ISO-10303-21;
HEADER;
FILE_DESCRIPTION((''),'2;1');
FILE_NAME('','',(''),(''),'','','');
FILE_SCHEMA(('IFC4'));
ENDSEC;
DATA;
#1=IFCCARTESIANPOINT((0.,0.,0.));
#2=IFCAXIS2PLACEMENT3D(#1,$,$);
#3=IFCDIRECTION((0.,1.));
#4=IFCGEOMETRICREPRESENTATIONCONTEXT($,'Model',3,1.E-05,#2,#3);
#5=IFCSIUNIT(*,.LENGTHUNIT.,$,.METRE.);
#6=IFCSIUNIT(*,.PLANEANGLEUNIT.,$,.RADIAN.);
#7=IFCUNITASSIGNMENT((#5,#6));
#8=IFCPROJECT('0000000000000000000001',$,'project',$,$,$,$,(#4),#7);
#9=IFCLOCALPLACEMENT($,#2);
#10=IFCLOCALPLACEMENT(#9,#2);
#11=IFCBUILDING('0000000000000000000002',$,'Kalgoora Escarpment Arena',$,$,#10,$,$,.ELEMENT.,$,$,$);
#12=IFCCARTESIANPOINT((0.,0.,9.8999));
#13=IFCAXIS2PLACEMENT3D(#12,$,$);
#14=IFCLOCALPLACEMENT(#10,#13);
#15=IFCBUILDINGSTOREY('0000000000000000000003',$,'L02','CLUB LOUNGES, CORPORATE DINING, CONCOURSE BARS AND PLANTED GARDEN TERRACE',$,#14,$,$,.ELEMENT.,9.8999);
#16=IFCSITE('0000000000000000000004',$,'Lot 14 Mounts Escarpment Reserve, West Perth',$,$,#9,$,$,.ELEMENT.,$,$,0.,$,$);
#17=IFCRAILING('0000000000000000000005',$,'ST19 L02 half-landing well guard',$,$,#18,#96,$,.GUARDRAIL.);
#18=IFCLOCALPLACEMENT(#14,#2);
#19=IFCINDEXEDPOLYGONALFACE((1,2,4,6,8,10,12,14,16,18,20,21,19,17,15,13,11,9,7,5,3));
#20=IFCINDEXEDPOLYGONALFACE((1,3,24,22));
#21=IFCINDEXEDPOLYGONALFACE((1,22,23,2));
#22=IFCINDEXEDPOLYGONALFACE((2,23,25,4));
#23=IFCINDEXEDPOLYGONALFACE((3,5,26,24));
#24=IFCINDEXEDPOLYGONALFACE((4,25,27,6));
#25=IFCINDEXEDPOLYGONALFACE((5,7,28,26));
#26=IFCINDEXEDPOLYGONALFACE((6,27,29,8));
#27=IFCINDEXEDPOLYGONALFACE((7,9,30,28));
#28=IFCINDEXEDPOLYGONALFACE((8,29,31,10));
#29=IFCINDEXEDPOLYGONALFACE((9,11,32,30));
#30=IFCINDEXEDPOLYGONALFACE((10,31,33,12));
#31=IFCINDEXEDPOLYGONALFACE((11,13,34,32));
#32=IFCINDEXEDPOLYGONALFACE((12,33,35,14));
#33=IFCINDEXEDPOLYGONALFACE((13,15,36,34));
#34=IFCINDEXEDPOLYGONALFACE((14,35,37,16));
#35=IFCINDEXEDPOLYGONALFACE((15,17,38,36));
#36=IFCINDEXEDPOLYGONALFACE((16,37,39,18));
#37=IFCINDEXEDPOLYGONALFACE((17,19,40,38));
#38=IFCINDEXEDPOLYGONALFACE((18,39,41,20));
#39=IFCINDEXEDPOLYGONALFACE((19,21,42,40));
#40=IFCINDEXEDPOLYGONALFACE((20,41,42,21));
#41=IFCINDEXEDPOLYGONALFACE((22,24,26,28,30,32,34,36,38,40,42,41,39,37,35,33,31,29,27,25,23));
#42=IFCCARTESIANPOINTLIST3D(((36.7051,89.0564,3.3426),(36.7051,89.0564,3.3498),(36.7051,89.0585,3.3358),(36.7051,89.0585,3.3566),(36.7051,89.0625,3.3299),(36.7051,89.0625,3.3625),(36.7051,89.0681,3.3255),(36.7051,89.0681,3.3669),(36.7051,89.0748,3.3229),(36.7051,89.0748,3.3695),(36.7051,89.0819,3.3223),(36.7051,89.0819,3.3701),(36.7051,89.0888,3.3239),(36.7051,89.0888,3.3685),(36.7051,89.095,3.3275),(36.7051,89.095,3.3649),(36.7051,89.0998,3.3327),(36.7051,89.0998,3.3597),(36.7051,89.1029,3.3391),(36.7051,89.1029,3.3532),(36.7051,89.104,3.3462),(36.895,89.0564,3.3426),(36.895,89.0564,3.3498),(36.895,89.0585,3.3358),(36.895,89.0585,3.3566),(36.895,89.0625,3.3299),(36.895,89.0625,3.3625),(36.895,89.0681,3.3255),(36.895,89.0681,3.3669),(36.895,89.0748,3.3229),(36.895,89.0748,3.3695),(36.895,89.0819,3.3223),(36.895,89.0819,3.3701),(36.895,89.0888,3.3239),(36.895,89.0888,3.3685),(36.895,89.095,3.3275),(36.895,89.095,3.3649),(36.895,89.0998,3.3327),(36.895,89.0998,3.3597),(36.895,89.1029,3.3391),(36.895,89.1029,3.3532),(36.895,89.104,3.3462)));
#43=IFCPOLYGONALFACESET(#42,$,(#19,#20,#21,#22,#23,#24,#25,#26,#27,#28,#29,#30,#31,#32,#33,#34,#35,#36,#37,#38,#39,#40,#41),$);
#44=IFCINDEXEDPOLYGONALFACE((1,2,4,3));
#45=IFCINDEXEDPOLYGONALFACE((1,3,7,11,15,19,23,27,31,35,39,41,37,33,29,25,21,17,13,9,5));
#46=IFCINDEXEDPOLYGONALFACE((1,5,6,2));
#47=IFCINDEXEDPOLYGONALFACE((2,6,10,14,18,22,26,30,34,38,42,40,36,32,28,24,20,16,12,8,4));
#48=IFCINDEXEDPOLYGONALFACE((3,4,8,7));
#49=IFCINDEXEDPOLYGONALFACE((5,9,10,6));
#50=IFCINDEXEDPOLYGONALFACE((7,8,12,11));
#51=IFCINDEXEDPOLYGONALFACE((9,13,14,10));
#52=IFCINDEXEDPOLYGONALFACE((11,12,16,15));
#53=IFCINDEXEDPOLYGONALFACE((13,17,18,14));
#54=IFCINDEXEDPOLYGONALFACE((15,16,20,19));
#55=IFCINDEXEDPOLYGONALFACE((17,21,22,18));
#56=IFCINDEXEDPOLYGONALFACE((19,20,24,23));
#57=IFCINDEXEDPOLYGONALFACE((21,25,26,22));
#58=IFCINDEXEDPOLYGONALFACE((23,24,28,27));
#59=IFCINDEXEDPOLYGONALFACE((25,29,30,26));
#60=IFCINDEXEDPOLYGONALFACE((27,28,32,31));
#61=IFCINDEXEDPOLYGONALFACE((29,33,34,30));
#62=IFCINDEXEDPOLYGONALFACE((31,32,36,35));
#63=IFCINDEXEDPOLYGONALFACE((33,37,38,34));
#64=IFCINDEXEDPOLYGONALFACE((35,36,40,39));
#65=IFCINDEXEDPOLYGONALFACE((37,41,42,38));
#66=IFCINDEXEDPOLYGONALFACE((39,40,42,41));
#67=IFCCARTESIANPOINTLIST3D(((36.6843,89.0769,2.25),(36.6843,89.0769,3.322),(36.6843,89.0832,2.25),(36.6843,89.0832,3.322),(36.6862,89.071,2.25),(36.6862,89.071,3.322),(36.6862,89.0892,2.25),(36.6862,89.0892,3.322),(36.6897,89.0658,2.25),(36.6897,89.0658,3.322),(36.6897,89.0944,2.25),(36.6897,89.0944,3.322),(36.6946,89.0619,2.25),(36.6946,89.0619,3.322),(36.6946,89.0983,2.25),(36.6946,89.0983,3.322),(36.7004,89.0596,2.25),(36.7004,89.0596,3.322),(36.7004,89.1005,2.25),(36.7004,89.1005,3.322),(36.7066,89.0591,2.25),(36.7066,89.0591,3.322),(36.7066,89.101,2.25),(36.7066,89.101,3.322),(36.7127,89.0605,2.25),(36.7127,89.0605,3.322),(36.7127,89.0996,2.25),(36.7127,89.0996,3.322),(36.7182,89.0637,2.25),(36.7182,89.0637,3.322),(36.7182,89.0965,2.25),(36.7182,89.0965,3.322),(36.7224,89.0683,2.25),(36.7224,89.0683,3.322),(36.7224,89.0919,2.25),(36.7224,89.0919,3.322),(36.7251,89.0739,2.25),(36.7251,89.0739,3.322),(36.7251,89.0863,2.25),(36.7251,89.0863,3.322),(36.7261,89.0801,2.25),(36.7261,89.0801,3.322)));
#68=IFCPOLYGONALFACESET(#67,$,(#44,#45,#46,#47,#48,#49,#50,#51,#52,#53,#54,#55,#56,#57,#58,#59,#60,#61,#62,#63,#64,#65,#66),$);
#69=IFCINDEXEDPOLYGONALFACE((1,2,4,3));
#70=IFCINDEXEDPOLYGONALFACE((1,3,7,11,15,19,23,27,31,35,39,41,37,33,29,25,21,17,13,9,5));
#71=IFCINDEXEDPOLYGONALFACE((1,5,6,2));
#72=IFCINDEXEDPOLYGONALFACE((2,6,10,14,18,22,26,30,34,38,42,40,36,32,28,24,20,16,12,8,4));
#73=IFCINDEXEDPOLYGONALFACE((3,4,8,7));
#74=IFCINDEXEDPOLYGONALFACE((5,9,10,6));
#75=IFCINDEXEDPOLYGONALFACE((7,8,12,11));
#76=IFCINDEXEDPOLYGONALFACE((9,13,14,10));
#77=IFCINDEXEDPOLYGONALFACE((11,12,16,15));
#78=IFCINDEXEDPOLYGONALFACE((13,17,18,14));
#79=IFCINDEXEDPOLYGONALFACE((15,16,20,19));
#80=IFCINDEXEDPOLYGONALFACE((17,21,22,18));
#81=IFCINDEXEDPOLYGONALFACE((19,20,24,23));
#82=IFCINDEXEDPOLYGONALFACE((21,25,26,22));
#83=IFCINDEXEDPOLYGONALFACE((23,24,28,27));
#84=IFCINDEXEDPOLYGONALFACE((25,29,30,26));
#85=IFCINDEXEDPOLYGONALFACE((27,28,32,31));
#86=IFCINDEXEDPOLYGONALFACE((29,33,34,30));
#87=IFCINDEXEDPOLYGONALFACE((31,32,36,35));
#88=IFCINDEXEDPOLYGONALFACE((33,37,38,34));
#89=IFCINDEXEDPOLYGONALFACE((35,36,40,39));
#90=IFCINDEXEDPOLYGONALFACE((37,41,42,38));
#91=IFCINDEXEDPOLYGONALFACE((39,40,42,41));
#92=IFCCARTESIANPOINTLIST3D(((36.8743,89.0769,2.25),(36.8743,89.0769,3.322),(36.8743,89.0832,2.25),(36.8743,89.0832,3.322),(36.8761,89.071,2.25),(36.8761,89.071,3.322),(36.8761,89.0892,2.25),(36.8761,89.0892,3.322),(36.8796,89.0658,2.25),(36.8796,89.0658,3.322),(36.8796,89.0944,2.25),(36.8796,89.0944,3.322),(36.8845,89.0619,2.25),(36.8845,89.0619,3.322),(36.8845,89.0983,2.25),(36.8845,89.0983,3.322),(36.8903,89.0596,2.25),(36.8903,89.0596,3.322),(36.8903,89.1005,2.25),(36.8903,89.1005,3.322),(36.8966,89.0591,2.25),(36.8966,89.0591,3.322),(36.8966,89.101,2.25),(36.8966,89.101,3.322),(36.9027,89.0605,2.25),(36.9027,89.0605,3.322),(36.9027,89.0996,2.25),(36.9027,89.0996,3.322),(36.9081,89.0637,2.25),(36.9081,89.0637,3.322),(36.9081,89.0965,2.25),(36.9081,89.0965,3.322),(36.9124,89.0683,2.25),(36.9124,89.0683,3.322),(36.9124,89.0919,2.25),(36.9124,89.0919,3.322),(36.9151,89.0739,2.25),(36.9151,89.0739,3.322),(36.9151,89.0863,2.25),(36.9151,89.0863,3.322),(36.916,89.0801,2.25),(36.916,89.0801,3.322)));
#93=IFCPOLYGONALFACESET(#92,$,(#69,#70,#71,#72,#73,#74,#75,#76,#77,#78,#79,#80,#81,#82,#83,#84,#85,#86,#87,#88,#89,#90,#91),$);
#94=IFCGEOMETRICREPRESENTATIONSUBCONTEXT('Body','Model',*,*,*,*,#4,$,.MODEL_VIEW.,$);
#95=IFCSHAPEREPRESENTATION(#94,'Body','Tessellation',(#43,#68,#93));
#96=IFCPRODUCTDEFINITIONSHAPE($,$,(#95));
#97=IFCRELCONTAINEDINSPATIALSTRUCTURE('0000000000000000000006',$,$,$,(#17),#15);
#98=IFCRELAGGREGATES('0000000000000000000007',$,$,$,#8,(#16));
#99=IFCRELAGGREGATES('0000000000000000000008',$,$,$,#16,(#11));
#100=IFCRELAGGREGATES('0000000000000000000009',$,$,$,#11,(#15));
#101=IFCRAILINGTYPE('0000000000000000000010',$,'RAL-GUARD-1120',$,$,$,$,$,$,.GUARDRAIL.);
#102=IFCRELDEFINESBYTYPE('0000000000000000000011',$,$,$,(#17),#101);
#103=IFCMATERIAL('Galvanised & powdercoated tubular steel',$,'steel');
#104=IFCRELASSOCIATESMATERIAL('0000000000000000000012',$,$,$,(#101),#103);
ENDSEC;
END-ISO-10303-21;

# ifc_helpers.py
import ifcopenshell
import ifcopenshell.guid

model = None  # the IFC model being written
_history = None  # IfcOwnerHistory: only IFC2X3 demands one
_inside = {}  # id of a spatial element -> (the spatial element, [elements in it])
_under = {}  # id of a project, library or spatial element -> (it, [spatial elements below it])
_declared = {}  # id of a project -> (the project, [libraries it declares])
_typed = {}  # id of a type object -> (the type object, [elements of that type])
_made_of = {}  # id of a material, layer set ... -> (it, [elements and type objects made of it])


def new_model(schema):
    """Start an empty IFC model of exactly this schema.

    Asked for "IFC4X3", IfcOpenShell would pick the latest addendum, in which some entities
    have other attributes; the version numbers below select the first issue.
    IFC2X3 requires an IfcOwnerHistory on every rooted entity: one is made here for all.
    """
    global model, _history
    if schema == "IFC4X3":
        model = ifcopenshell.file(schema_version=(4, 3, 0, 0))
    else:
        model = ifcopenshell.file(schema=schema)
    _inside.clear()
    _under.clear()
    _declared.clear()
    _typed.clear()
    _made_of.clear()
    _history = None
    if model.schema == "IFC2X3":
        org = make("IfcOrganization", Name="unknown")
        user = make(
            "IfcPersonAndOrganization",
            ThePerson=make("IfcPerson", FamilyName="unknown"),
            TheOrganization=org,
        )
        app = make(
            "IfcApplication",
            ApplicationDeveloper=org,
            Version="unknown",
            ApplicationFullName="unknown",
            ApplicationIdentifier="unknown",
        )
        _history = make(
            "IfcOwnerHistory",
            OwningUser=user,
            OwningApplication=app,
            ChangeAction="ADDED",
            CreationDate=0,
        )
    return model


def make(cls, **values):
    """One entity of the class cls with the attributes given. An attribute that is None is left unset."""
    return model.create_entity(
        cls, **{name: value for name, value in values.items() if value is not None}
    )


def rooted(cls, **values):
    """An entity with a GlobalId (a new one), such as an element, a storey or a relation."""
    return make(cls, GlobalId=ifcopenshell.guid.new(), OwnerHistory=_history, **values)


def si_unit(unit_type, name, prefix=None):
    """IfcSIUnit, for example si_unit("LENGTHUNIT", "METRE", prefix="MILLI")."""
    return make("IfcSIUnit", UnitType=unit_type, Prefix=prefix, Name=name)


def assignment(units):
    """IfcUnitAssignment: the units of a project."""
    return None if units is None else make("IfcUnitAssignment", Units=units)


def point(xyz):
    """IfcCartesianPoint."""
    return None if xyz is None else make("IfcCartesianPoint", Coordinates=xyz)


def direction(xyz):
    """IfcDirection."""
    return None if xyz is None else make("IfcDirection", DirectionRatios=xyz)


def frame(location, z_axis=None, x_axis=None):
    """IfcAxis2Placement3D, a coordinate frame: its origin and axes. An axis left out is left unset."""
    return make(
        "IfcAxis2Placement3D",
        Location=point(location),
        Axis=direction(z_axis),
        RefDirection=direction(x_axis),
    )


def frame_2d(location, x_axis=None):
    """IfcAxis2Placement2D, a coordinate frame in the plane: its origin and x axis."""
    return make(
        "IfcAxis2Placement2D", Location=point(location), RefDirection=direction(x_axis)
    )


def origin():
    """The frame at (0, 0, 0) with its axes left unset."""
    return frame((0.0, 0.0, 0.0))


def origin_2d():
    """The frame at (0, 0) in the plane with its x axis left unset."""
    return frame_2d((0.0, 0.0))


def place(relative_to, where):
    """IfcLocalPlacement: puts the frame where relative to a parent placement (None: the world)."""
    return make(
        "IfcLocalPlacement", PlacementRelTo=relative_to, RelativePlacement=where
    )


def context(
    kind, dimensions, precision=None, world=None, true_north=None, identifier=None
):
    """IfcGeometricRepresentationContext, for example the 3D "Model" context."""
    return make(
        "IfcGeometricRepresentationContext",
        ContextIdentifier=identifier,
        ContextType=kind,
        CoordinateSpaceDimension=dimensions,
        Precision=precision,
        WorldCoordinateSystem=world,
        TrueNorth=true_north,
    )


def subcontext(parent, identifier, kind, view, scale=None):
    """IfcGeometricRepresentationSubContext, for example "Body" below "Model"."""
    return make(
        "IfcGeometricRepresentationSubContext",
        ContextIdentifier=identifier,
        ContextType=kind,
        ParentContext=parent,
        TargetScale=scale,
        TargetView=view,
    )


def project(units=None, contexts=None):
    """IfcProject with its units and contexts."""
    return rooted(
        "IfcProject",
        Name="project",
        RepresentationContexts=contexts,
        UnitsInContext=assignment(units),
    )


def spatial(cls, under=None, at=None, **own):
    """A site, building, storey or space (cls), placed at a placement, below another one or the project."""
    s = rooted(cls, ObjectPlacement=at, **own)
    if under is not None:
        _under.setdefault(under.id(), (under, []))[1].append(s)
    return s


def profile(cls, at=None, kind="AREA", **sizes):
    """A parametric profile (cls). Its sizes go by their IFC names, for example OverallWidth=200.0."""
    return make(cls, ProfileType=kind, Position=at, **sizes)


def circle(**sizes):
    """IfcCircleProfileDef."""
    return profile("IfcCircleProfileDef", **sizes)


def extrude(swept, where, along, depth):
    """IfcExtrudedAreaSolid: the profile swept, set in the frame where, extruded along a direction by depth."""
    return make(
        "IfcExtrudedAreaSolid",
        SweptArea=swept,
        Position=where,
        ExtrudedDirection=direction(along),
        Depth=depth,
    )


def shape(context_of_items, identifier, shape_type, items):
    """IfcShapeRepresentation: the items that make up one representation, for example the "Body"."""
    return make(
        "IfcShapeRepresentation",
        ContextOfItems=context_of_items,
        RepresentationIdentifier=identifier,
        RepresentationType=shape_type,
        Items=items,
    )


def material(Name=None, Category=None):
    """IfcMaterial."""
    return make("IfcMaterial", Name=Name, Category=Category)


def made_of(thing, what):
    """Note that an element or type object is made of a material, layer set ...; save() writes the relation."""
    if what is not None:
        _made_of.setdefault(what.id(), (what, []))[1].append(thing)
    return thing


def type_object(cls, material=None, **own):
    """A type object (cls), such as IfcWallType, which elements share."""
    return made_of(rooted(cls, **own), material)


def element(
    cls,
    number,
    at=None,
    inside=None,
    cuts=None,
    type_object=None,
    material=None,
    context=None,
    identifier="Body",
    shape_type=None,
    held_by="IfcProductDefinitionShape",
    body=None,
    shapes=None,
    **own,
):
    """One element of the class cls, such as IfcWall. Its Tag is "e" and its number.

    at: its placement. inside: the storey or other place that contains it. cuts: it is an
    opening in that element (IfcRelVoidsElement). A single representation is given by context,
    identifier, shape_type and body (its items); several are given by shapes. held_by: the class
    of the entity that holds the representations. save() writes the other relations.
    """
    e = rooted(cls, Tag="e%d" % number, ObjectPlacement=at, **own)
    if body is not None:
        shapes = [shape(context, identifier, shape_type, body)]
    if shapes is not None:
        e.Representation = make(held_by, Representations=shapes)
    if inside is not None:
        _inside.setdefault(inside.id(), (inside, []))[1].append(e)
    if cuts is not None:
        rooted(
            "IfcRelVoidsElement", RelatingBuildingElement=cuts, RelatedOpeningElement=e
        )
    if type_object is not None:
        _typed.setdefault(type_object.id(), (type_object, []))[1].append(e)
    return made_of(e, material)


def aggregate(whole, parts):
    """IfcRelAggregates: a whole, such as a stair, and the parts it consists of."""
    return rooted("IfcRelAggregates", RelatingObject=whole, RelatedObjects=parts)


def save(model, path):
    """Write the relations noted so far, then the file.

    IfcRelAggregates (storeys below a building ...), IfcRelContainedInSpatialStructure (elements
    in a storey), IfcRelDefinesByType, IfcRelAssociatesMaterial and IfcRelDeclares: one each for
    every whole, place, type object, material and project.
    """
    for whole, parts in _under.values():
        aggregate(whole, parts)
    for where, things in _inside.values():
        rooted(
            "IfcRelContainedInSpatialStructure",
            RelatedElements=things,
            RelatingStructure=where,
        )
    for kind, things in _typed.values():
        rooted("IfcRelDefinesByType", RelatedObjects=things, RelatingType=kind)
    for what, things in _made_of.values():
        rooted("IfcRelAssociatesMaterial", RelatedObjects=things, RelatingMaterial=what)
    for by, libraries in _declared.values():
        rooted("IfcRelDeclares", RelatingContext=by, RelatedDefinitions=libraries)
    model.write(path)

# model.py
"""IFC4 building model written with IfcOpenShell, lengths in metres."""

from ifc_helpers import new_model, si_unit, direction, frame, origin, origin_2d, place, context, subcontext, project, spatial, circle, extrude, material, type_object, element, save


model = new_model("IFC4")

# Units and contexts
model_context = context("Model", 3, precision=1e-05, world=origin(), true_north=direction((0.0, 1.0)))
body_context = subcontext(model_context, "Body", "Model", "MODEL_VIEW")
ifc_project = project(units=[si_unit("LENGTHUNIT", "METRE"), si_unit("PLANEANGLEUNIT", "RADIAN")], contexts=[model_context])

# Site, building, storey
site_placement = place(None, origin())
site = spatial("IfcSite", under=ifc_project, at=site_placement, Name="Lot 14 Mounts Escarpment Reserve, West Perth", CompositionType="ELEMENT", RefElevation=0.0)
building_placement = place(site_placement, origin())
building = spatial("IfcBuilding", under=site, at=building_placement, Name="Kalgoora Escarpment Arena", CompositionType="ELEMENT")
storey_placement = place(building_placement, frame((0.0, 0.0, 9.8999)))
storey = spatial("IfcBuildingStorey", under=building, at=storey_placement, Name="L02", Description="CLUB LOUNGES, CORPORATE DINING, CONCOURSE BARS AND PLANTED GARDEN TERRACE", CompositionType="ELEMENT", Elevation=9.8999)

# Railing
ifc_material_1 = material(Name="Galvanised & powdercoated tubular steel", Category="steel")
railing_type_1 = type_object("IfcRailingType", Name="RAL-GUARD-1120", PredefinedType="GUARDRAIL", material=ifc_material_1)
railing_1_placement = place(storey_placement, frame((36.7051, 89.0801, 2.25)))
element("IfcRailing", 1, at=railing_1_placement, inside=storey, type_object=railing_type_1, Name="ST19 L02 half-landing well guard", PredefinedType="GUARDRAIL", context=body_context, shape_type="SweptSolid", body=[
    extrude(circle(Radius=0.0239, at=origin_2d()), frame((0.0, 0.0, 1.0962), z_axis=(1.0, 0.0, 0.0), x_axis=(0.0, 1.0, 0.0)), (0.0, 0.0, 1.0), 0.1899),
    extrude(circle(Radius=0.021, at=origin_2d()), origin(), (0.0, 0.0, 1.0), 1.072),
    extrude(circle(Radius=0.021, at=origin_2d()), frame((0.1899, 0.0, 0.0)), (0.0, 0.0, 1.0), 1.072),
])

save(model, "model.ifc")
